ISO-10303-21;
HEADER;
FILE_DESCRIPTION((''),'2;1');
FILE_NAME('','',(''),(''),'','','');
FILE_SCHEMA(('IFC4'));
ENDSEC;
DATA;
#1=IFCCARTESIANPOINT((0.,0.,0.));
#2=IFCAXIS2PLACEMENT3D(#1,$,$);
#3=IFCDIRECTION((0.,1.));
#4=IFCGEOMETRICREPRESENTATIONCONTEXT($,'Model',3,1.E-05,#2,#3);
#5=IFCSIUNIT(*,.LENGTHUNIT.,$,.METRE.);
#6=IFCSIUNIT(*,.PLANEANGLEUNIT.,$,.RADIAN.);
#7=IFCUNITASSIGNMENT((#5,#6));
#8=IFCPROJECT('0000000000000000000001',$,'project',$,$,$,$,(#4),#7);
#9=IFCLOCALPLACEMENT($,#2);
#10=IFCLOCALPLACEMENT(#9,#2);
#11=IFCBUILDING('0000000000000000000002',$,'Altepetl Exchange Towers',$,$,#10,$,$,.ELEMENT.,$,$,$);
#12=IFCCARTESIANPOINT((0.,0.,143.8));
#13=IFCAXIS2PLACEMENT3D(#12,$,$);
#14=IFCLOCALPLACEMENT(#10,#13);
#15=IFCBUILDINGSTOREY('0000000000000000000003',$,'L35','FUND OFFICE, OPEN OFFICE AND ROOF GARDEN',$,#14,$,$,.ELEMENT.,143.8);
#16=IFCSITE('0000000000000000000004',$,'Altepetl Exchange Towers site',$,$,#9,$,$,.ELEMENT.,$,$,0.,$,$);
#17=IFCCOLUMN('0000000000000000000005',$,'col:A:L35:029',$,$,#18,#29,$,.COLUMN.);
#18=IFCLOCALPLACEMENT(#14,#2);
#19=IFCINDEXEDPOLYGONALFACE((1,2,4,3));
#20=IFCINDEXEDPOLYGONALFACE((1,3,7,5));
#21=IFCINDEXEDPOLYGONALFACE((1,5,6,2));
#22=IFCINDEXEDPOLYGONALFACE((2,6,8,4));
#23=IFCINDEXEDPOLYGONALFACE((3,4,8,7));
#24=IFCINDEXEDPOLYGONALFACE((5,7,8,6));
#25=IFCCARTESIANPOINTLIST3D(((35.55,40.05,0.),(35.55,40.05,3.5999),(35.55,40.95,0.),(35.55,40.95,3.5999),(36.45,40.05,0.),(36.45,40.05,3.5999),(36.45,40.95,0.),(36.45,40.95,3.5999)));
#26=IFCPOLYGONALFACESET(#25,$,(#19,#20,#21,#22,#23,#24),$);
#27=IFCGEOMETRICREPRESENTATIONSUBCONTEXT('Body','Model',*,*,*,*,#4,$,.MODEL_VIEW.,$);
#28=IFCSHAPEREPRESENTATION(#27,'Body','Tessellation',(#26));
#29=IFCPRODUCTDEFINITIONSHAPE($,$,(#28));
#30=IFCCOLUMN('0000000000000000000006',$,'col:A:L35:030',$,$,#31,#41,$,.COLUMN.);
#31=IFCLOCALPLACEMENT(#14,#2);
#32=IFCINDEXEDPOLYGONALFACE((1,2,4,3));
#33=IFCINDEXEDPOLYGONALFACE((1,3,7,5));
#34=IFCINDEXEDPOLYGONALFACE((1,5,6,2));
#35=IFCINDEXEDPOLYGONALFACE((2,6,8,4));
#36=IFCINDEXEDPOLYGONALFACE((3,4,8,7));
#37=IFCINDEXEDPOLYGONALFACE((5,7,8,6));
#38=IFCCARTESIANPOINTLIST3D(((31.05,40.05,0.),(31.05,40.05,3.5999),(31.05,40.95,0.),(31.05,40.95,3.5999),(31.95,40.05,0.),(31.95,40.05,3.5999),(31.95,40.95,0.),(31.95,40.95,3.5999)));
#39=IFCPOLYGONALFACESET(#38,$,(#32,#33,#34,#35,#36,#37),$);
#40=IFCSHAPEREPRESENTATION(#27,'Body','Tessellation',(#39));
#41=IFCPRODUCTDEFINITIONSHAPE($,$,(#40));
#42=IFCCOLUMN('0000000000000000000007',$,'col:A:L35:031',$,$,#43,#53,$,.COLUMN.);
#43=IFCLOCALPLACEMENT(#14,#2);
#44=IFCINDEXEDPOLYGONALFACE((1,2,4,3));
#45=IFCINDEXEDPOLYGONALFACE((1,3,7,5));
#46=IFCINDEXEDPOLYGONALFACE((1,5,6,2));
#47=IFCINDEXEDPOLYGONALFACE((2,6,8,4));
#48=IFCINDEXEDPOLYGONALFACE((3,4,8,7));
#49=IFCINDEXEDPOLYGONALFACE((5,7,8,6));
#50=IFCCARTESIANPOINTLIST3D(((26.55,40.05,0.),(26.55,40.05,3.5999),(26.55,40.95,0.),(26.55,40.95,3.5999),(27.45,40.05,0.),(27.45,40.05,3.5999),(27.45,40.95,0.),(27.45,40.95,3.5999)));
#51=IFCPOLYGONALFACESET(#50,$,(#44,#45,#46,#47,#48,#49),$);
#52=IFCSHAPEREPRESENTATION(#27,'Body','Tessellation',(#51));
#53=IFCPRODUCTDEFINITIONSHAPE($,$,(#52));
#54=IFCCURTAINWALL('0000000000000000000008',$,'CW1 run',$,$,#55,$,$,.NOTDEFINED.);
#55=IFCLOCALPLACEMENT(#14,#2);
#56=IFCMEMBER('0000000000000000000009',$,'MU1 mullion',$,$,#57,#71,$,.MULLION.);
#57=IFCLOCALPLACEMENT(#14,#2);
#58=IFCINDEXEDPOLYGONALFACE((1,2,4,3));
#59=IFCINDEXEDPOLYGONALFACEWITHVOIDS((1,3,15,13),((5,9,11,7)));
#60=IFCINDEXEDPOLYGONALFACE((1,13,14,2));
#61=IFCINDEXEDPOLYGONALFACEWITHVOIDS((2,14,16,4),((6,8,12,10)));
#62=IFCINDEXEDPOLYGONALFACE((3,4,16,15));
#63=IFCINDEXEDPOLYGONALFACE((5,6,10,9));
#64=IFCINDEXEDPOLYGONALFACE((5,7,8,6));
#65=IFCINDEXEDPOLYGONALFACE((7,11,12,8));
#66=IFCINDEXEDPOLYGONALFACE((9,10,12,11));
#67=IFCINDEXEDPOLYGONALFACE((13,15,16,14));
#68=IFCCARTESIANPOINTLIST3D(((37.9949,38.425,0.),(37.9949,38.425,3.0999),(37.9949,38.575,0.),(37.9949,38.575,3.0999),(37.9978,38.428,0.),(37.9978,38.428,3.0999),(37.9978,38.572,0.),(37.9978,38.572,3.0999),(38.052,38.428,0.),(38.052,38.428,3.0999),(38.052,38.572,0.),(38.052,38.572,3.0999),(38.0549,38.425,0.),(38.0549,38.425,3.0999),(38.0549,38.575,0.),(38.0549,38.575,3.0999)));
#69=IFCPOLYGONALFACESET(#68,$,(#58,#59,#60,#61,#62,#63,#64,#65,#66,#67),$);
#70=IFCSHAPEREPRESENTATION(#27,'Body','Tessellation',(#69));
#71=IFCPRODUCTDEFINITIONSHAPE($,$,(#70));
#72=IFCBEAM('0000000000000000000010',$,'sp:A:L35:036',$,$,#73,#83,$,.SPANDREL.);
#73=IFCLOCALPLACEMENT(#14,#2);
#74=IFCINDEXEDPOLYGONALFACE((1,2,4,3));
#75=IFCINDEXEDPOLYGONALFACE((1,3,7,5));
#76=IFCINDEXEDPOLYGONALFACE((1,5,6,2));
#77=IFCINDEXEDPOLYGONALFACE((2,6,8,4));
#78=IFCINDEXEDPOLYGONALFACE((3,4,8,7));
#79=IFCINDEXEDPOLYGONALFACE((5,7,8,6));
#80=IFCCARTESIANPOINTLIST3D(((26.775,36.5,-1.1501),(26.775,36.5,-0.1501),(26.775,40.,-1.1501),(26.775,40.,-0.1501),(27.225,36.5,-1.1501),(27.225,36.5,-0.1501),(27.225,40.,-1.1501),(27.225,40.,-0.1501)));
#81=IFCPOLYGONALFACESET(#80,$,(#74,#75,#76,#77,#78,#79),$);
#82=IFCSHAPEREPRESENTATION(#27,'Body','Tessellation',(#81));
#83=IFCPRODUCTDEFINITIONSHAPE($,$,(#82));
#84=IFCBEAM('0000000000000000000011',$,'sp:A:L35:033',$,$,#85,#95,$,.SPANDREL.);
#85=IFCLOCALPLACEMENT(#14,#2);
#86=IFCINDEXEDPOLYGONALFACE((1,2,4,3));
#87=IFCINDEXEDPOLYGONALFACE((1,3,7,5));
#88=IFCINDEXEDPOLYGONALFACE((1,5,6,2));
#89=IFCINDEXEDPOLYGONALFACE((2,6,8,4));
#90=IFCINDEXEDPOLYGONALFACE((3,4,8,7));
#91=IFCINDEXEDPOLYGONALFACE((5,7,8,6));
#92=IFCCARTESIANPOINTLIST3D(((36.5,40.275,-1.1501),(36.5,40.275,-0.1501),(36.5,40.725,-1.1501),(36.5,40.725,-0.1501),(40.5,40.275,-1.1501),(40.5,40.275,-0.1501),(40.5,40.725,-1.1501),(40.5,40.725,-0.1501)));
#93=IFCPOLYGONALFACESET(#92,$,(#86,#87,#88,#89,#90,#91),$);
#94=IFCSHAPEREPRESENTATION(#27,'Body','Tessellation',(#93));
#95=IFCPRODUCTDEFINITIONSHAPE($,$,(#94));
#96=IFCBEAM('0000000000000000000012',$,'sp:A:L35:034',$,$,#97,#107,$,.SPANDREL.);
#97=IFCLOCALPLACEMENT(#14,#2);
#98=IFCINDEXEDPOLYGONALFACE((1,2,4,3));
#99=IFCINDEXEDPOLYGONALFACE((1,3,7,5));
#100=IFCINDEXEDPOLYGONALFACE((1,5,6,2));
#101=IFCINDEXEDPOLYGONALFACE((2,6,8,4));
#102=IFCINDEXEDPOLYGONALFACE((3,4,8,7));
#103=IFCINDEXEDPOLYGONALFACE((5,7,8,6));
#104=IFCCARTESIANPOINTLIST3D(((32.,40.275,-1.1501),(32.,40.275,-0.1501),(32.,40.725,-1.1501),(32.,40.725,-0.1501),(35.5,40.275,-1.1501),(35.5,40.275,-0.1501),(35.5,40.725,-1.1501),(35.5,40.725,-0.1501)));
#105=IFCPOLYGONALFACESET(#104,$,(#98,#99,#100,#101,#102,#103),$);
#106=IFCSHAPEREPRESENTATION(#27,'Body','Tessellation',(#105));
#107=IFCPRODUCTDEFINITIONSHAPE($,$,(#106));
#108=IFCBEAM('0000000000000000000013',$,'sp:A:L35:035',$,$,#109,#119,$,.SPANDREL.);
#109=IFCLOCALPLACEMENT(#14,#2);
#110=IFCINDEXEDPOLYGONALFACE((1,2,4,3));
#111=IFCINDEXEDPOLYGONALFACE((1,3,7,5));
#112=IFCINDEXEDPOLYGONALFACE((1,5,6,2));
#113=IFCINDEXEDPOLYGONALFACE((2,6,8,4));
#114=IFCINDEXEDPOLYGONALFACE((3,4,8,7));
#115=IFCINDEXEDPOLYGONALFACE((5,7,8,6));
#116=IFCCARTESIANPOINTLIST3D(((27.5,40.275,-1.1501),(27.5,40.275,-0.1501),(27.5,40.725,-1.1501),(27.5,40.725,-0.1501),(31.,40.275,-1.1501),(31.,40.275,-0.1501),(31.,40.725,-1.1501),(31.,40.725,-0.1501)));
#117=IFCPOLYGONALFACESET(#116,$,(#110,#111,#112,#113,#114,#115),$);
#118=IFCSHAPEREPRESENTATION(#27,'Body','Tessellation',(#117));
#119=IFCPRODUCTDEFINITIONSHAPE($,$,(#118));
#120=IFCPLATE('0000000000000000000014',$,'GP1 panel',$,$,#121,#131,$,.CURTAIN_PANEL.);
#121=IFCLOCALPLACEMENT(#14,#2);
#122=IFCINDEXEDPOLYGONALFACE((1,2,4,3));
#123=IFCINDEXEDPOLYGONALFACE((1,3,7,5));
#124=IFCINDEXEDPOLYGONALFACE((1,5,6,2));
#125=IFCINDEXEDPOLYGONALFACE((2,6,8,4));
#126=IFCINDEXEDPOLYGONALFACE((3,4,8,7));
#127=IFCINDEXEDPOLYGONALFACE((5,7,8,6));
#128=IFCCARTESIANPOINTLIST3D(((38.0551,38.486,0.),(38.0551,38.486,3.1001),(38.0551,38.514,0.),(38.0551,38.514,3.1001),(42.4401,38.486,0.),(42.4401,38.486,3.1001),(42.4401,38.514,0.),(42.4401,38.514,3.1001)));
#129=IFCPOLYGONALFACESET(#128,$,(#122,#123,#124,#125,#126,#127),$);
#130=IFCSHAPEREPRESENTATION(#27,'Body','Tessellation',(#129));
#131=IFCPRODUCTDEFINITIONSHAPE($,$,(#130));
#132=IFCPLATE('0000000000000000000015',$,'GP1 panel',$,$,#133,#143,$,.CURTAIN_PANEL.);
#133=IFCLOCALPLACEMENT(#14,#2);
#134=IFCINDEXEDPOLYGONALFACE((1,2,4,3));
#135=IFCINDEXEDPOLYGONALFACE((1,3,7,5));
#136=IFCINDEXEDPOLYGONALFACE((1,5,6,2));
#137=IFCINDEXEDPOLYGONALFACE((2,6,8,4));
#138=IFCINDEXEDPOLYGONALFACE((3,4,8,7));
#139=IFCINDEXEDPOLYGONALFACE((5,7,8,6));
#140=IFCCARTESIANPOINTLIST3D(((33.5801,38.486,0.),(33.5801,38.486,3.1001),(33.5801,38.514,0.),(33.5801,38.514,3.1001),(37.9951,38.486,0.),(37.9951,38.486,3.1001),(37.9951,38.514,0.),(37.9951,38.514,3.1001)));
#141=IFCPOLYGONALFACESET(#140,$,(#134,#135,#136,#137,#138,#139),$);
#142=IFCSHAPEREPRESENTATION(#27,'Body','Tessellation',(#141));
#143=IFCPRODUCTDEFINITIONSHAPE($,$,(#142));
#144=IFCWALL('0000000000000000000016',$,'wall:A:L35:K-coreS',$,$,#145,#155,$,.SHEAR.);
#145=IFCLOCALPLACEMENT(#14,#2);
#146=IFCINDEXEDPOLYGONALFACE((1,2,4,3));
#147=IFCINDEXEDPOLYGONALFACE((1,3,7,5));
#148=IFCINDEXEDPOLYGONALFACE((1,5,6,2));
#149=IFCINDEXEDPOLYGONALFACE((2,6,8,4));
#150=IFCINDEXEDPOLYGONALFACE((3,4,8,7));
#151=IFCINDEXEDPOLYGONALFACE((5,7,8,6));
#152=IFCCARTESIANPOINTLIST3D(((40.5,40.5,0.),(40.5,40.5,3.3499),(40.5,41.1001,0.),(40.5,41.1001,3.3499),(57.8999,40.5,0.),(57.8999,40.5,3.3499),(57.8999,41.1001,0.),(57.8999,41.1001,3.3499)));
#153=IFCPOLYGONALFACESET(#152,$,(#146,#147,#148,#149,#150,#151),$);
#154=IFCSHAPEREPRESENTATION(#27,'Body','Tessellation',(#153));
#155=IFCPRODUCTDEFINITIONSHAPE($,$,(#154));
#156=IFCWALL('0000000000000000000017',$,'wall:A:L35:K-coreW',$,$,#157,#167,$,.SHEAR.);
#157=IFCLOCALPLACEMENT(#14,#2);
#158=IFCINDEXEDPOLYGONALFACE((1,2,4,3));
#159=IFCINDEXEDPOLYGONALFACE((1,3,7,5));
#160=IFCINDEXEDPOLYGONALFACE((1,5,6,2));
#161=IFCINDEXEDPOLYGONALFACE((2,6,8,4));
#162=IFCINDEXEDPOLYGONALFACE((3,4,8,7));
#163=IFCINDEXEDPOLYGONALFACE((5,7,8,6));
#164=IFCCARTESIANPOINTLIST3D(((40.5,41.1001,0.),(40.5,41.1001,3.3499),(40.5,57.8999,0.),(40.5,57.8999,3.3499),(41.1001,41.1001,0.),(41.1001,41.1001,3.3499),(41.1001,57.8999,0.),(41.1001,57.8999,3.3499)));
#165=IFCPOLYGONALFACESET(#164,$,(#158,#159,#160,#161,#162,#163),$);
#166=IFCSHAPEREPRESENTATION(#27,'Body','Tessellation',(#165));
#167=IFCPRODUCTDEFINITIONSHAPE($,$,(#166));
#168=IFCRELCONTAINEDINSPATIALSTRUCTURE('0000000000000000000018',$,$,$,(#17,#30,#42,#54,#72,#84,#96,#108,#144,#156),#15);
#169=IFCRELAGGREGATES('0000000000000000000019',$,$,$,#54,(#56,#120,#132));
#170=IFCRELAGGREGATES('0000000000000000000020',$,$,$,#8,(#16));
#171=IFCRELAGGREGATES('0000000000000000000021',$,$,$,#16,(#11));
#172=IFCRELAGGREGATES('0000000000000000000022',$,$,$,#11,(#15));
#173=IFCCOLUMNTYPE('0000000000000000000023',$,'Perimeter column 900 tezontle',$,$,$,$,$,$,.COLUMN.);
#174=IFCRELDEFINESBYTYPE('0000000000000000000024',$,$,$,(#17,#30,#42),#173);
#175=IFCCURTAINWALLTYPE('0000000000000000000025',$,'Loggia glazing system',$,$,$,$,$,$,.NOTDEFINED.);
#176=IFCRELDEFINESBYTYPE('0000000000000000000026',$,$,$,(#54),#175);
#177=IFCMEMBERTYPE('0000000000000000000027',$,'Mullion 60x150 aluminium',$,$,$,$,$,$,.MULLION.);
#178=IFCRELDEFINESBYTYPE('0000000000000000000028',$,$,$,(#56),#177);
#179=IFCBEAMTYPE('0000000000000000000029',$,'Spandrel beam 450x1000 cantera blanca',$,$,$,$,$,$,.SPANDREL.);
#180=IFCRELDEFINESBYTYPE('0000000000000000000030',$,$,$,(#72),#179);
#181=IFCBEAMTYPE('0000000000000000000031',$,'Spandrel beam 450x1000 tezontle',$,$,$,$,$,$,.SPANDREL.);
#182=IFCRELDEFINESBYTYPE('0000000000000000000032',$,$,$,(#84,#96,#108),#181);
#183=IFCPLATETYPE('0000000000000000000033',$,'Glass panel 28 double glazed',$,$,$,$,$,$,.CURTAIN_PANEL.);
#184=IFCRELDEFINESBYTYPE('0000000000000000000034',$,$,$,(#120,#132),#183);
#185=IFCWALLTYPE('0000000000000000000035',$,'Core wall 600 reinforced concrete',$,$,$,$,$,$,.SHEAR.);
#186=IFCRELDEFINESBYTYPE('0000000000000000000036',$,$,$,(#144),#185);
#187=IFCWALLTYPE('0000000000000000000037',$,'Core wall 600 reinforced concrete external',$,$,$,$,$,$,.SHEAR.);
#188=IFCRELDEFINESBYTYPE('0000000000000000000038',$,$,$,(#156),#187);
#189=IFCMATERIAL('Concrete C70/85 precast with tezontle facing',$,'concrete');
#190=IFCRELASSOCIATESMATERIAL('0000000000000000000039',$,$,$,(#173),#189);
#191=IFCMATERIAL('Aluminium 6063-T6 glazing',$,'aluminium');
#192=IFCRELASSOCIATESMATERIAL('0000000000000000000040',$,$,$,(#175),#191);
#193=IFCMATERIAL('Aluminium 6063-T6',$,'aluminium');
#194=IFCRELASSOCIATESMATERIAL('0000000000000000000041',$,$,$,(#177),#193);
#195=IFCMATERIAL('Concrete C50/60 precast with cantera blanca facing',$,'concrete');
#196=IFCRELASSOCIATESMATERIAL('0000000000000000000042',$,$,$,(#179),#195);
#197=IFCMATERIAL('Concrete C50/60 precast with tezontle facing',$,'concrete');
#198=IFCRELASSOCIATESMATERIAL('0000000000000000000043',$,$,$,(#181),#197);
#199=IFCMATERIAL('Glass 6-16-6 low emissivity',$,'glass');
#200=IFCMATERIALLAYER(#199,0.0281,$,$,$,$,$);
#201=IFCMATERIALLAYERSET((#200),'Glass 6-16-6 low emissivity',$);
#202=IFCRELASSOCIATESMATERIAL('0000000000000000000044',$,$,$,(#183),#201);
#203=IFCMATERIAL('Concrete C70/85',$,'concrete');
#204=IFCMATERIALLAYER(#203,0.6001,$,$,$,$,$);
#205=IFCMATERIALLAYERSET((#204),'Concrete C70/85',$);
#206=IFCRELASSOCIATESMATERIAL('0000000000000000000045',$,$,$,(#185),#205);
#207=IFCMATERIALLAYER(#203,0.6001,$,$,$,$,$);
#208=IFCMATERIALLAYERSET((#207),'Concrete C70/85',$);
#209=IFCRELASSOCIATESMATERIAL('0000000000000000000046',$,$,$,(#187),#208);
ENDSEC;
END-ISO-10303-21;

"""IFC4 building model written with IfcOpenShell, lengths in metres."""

from ifc_helpers import new_model, si_unit, direction, frame, frame_2d, origin, origin_2d, place, context, subcontext, project, spatial, rectangle, hollow_rectangle, extrude, material, layer, layer_set, material_profile, profile_set, type_object, element, aggregate, save


model = new_model("IFC4")

# Units and contexts
model_context = context("Model", 3, precision=1e-05, world=origin(), true_north=direction((0.0, 1.0)))
body_context = subcontext(model_context, "Body", "Model", "MODEL_VIEW")
ifc_project = project(units=[si_unit("LENGTHUNIT", "METRE"), si_unit("PLANEANGLEUNIT", "RADIAN")], contexts=[model_context])

# Site, building, storey
site_placement = place(None, origin())
site = spatial("IfcSite", under=ifc_project, at=site_placement, Name="Altepetl Exchange Towers site", CompositionType="ELEMENT", RefElevation=0.0)
building_placement = place(site_placement, origin())
building = spatial("IfcBuilding", under=site, at=building_placement, Name="Altepetl Exchange Towers", CompositionType="ELEMENT")
storey_placement = place(building_placement, frame((0.0, 0.0, 143.8)))
storey = spatial("IfcBuildingStorey", under=building, at=storey_placement, Name="L35", Description="FUND OFFICE, OPEN OFFICE AND ROOF GARDEN", CompositionType="ELEMENT", Elevation=143.8)

# Columns
ifc_material_1 = material(Name="Concrete C70/85 precast with tezontle facing", Category="concrete")
ifc_material_profile_1 = material_profile(ifc_material_1, rectangle(XDim=0.8999, YDim=0.8999, at=origin_2d()), Name="900 x 900")
ifc_profile_set_1 = profile_set([ifc_material_profile_1], Name="Concrete C70/85 precast with tezontle facing")
column_type = type_object("IfcColumnType", Name="Perimeter column 900 tezontle", PredefinedType="COLUMN", material=ifc_profile_set_1)
for number, where, name in (
    (1, (36.0, 40.5, 0.0), "col:A:L35:029"),
    (2, (31.5, 40.5, 0.0), "col:A:L35:030"),
    (3, (27.0, 40.5, 0.0), "col:A:L35:031"),
):
    element("IfcColumn", number, at=place(storey_placement, frame(where)), inside=storey, type_object=column_type, Name=name, PredefinedType="COLUMN", context=body_context, shape_type="SweptSolid", body=[
        extrude(rectangle(XDim=0.8999, YDim=0.8999, at=origin_2d()), origin(), (0.0, 0.0, 1.0), 3.5999),
    ])

# Curtain wall, member
ifc_material_2 = material(Name="Aluminium 6063-T6 glazing", Category="aluminium")
curtain_wall_type = type_object("IfcCurtainWallType", Name="Loggia glazing system", PredefinedType="NOTDEFINED", material=ifc_material_2)
curtain_wall_placement = place(storey_placement, origin())
curtain_wall = element("IfcCurtainWall", 4, at=curtain_wall_placement, inside=storey, type_object=curtain_wall_type, Name="CW1 run", PredefinedType="NOTDEFINED")
ifc_material_3 = material(Name="Aluminium 6063-T6", Category="aluminium")
ifc_material_profile_2 = material_profile(ifc_material_3, hollow_rectangle(XDim=0.0601, YDim=0.1499, WallThickness=0.0029, at=origin_2d()), Name="Mullion 60x150 aluminium")
ifc_profile_set_2 = profile_set([ifc_material_profile_2], Name="Aluminium 6063-T6")
member_type = type_object("IfcMemberType", Name="Mullion 60x150 aluminium", PredefinedType="MULLION", material=ifc_profile_set_2)
member_placement = place(storey_placement, frame((38.0249, 38.5, 0.0), z_axis=(0.0, 0.0, 1.0), x_axis=(-1.0, 0.0, 0.0)))
member = element("IfcMember", 5, at=member_placement, type_object=member_type, Name="MU1 mullion", PredefinedType="MULLION", context=body_context, shape_type="SweptSolid", body=[
    extrude(hollow_rectangle(XDim=0.0601, YDim=0.1499, WallThickness=0.0029, at=origin_2d()), origin(), (0.0, 0.0, 1.0), 3.0999),
])

# Beams
ifc_material_4 = material(Name="Concrete C50/60 precast with cantera blanca facing", Category="concrete")
ifc_material_profile_3 = material_profile(ifc_material_4, rectangle(XDim=0.45, YDim=1.0, at=origin_2d()), Name="450 x 1000")
ifc_profile_set_3 = profile_set([ifc_material_profile_3], Name="Concrete C50/60 precast with cantera blanca facing")
beam_type_1 = type_object("IfcBeamType", Name="Spandrel beam 450x1000 cantera blanca", PredefinedType="SPANDREL", material=ifc_profile_set_3)
beam_1_placement = place(storey_placement, frame((27.0, 40.0, -0.6501), z_axis=(0.0, -1.0, 0.0), x_axis=(1.0, 0.0, 0.0)))
element("IfcBeam", 6, at=beam_1_placement, inside=storey, type_object=beam_type_1, Name="sp:A:L35:036", PredefinedType="SPANDREL", context=body_context, shape_type="SweptSolid", body=[
    extrude(rectangle(XDim=0.45, YDim=1.0, at=origin_2d()), origin(), (0.0, 0.0, 1.0), 3.5),
])
ifc_material_5 = material(Name="Concrete C50/60 precast with tezontle facing", Category="concrete")
ifc_material_profile_4 = material_profile(ifc_material_5, rectangle(XDim=0.45, YDim=1.0, at=origin_2d()), Name="450 x 1000")
ifc_profile_set_4 = profile_set([ifc_material_profile_4], Name="Concrete C50/60 precast with tezontle facing")
beam_type_2 = type_object("IfcBeamType", Name="Spandrel beam 450x1000 tezontle", PredefinedType="SPANDREL", material=ifc_profile_set_4)
beam_2_placement = place(storey_placement, frame((40.5, 40.5, -0.6501), z_axis=(-1.0, 0.0, 0.0), x_axis=(0.0, -1.0, 0.0)))
element("IfcBeam", 7, at=beam_2_placement, inside=storey, type_object=beam_type_2, Name="sp:A:L35:033", PredefinedType="SPANDREL", context=body_context, shape_type="SweptSolid", body=[
    extrude(rectangle(XDim=0.45, YDim=1.0, at=origin_2d()), origin(), (0.0, 0.0, 1.0), 4.0),
])
for number, where, z_axis, x_axis, name in (
    (8, (35.5, 40.5, -0.6501), (-1.0, 0.0, 0.0), (0.0, -1.0, 0.0), "sp:A:L35:034"),
    (9, (31.0, 40.5, -0.6501), (-1.0, 0.0, 0.0), (0.0, -1.0, 0.0), "sp:A:L35:035"),
):
    element("IfcBeam", number, at=place(storey_placement, frame(where, z_axis=z_axis, x_axis=x_axis)), inside=storey, type_object=beam_type_2, Name=name, PredefinedType="SPANDREL", context=body_context, shape_type="SweptSolid", body=[
        extrude(rectangle(XDim=0.45, YDim=1.0, at=origin_2d()), origin(), (0.0, 0.0, 1.0), 3.5),
    ])

# Plates
ifc_material_6 = material(Name="Glass 6-16-6 low emissivity", Category="glass")
ifc_layer_1 = layer(ifc_material_6, 0.0281)
ifc_layer_set_1 = layer_set([ifc_layer_1], Name="Glass 6-16-6 low emissivity")
plate_type = type_object("IfcPlateType", Name="Glass panel 28 double glazed", PredefinedType="CURTAIN_PANEL", material=ifc_layer_set_1)
plate_1_placement = place(storey_placement, frame((40.2476, 38.5, 0.0), z_axis=(0.0, 0.0, 1.0), x_axis=(-1.0, 0.0, 0.0)))
plate_1 = element("IfcPlate", 10, at=plate_1_placement, type_object=plate_type, Name="GP1 panel", PredefinedType="CURTAIN_PANEL", context=body_context, shape_type="SweptSolid", body=[
    extrude(rectangle(XDim=4.385, YDim=0.0281, at=origin_2d()), origin(), (0.0, 0.0, 1.0), 3.1001),
])
plate_2_placement = place(storey_placement, frame((35.7876, 38.5, 0.0), z_axis=(0.0, 0.0, 1.0), x_axis=(-1.0, 0.0, 0.0)))
plate_2 = element("IfcPlate", 11, at=plate_2_placement, type_object=plate_type, Name="GP1 panel", PredefinedType="CURTAIN_PANEL", context=body_context, shape_type="SweptSolid", body=[
    extrude(rectangle(XDim=4.415, YDim=0.0281, at=origin_2d()), origin(), (0.0, 0.0, 1.0), 3.1001),
])
aggregate(curtain_wall, [member, plate_1, plate_2])

# Walls
ifc_material_7 = material(Name="Concrete C70/85", Category="concrete")
ifc_layer_2 = layer(ifc_material_7, 0.6001)
ifc_layer_set_2 = layer_set([ifc_layer_2], Name="Concrete C70/85")
wall_type_1 = type_object("IfcWallType", Name="Core wall 600 reinforced concrete", PredefinedType="SHEAR", material=ifc_layer_set_2)
wall_1_placement = place(storey_placement, frame((40.5, 40.8, 0.0)))
element("IfcWall", 12, at=wall_1_placement, inside=storey, type_object=wall_type_1, Name="wall:A:L35:K-coreS", PredefinedType="SHEAR", context=body_context, shape_type="SweptSolid", body=[
    extrude(rectangle(XDim=17.3999, YDim=0.6001, at=frame_2d((8.7, 0.0))), origin(), (0.0, 0.0, 1.0), 3.3499),
])
ifc_layer_3 = layer(ifc_material_7, 0.6001)
ifc_layer_set_3 = layer_set([ifc_layer_3], Name="Concrete C70/85")
wall_type_2 = type_object("IfcWallType", Name="Core wall 600 reinforced concrete external", PredefinedType="SHEAR", material=ifc_layer_set_3)
wall_2_placement = place(storey_placement, frame((40.8, 41.1001, 0.0), z_axis=(0.0, 0.0, 1.0), x_axis=(0.0, 1.0, 0.0)))
element("IfcWall", 13, at=wall_2_placement, inside=storey, type_object=wall_type_2, Name="wall:A:L35:K-coreW", PredefinedType="SHEAR", context=body_context, shape_type="SweptSolid", body=[
    extrude(rectangle(XDim=16.7998, YDim=0.6001, at=frame_2d((8.3999, 0.0))), origin(), (0.0, 0.0, 1.0), 3.3499),
])

save(model, "model.ifc")
